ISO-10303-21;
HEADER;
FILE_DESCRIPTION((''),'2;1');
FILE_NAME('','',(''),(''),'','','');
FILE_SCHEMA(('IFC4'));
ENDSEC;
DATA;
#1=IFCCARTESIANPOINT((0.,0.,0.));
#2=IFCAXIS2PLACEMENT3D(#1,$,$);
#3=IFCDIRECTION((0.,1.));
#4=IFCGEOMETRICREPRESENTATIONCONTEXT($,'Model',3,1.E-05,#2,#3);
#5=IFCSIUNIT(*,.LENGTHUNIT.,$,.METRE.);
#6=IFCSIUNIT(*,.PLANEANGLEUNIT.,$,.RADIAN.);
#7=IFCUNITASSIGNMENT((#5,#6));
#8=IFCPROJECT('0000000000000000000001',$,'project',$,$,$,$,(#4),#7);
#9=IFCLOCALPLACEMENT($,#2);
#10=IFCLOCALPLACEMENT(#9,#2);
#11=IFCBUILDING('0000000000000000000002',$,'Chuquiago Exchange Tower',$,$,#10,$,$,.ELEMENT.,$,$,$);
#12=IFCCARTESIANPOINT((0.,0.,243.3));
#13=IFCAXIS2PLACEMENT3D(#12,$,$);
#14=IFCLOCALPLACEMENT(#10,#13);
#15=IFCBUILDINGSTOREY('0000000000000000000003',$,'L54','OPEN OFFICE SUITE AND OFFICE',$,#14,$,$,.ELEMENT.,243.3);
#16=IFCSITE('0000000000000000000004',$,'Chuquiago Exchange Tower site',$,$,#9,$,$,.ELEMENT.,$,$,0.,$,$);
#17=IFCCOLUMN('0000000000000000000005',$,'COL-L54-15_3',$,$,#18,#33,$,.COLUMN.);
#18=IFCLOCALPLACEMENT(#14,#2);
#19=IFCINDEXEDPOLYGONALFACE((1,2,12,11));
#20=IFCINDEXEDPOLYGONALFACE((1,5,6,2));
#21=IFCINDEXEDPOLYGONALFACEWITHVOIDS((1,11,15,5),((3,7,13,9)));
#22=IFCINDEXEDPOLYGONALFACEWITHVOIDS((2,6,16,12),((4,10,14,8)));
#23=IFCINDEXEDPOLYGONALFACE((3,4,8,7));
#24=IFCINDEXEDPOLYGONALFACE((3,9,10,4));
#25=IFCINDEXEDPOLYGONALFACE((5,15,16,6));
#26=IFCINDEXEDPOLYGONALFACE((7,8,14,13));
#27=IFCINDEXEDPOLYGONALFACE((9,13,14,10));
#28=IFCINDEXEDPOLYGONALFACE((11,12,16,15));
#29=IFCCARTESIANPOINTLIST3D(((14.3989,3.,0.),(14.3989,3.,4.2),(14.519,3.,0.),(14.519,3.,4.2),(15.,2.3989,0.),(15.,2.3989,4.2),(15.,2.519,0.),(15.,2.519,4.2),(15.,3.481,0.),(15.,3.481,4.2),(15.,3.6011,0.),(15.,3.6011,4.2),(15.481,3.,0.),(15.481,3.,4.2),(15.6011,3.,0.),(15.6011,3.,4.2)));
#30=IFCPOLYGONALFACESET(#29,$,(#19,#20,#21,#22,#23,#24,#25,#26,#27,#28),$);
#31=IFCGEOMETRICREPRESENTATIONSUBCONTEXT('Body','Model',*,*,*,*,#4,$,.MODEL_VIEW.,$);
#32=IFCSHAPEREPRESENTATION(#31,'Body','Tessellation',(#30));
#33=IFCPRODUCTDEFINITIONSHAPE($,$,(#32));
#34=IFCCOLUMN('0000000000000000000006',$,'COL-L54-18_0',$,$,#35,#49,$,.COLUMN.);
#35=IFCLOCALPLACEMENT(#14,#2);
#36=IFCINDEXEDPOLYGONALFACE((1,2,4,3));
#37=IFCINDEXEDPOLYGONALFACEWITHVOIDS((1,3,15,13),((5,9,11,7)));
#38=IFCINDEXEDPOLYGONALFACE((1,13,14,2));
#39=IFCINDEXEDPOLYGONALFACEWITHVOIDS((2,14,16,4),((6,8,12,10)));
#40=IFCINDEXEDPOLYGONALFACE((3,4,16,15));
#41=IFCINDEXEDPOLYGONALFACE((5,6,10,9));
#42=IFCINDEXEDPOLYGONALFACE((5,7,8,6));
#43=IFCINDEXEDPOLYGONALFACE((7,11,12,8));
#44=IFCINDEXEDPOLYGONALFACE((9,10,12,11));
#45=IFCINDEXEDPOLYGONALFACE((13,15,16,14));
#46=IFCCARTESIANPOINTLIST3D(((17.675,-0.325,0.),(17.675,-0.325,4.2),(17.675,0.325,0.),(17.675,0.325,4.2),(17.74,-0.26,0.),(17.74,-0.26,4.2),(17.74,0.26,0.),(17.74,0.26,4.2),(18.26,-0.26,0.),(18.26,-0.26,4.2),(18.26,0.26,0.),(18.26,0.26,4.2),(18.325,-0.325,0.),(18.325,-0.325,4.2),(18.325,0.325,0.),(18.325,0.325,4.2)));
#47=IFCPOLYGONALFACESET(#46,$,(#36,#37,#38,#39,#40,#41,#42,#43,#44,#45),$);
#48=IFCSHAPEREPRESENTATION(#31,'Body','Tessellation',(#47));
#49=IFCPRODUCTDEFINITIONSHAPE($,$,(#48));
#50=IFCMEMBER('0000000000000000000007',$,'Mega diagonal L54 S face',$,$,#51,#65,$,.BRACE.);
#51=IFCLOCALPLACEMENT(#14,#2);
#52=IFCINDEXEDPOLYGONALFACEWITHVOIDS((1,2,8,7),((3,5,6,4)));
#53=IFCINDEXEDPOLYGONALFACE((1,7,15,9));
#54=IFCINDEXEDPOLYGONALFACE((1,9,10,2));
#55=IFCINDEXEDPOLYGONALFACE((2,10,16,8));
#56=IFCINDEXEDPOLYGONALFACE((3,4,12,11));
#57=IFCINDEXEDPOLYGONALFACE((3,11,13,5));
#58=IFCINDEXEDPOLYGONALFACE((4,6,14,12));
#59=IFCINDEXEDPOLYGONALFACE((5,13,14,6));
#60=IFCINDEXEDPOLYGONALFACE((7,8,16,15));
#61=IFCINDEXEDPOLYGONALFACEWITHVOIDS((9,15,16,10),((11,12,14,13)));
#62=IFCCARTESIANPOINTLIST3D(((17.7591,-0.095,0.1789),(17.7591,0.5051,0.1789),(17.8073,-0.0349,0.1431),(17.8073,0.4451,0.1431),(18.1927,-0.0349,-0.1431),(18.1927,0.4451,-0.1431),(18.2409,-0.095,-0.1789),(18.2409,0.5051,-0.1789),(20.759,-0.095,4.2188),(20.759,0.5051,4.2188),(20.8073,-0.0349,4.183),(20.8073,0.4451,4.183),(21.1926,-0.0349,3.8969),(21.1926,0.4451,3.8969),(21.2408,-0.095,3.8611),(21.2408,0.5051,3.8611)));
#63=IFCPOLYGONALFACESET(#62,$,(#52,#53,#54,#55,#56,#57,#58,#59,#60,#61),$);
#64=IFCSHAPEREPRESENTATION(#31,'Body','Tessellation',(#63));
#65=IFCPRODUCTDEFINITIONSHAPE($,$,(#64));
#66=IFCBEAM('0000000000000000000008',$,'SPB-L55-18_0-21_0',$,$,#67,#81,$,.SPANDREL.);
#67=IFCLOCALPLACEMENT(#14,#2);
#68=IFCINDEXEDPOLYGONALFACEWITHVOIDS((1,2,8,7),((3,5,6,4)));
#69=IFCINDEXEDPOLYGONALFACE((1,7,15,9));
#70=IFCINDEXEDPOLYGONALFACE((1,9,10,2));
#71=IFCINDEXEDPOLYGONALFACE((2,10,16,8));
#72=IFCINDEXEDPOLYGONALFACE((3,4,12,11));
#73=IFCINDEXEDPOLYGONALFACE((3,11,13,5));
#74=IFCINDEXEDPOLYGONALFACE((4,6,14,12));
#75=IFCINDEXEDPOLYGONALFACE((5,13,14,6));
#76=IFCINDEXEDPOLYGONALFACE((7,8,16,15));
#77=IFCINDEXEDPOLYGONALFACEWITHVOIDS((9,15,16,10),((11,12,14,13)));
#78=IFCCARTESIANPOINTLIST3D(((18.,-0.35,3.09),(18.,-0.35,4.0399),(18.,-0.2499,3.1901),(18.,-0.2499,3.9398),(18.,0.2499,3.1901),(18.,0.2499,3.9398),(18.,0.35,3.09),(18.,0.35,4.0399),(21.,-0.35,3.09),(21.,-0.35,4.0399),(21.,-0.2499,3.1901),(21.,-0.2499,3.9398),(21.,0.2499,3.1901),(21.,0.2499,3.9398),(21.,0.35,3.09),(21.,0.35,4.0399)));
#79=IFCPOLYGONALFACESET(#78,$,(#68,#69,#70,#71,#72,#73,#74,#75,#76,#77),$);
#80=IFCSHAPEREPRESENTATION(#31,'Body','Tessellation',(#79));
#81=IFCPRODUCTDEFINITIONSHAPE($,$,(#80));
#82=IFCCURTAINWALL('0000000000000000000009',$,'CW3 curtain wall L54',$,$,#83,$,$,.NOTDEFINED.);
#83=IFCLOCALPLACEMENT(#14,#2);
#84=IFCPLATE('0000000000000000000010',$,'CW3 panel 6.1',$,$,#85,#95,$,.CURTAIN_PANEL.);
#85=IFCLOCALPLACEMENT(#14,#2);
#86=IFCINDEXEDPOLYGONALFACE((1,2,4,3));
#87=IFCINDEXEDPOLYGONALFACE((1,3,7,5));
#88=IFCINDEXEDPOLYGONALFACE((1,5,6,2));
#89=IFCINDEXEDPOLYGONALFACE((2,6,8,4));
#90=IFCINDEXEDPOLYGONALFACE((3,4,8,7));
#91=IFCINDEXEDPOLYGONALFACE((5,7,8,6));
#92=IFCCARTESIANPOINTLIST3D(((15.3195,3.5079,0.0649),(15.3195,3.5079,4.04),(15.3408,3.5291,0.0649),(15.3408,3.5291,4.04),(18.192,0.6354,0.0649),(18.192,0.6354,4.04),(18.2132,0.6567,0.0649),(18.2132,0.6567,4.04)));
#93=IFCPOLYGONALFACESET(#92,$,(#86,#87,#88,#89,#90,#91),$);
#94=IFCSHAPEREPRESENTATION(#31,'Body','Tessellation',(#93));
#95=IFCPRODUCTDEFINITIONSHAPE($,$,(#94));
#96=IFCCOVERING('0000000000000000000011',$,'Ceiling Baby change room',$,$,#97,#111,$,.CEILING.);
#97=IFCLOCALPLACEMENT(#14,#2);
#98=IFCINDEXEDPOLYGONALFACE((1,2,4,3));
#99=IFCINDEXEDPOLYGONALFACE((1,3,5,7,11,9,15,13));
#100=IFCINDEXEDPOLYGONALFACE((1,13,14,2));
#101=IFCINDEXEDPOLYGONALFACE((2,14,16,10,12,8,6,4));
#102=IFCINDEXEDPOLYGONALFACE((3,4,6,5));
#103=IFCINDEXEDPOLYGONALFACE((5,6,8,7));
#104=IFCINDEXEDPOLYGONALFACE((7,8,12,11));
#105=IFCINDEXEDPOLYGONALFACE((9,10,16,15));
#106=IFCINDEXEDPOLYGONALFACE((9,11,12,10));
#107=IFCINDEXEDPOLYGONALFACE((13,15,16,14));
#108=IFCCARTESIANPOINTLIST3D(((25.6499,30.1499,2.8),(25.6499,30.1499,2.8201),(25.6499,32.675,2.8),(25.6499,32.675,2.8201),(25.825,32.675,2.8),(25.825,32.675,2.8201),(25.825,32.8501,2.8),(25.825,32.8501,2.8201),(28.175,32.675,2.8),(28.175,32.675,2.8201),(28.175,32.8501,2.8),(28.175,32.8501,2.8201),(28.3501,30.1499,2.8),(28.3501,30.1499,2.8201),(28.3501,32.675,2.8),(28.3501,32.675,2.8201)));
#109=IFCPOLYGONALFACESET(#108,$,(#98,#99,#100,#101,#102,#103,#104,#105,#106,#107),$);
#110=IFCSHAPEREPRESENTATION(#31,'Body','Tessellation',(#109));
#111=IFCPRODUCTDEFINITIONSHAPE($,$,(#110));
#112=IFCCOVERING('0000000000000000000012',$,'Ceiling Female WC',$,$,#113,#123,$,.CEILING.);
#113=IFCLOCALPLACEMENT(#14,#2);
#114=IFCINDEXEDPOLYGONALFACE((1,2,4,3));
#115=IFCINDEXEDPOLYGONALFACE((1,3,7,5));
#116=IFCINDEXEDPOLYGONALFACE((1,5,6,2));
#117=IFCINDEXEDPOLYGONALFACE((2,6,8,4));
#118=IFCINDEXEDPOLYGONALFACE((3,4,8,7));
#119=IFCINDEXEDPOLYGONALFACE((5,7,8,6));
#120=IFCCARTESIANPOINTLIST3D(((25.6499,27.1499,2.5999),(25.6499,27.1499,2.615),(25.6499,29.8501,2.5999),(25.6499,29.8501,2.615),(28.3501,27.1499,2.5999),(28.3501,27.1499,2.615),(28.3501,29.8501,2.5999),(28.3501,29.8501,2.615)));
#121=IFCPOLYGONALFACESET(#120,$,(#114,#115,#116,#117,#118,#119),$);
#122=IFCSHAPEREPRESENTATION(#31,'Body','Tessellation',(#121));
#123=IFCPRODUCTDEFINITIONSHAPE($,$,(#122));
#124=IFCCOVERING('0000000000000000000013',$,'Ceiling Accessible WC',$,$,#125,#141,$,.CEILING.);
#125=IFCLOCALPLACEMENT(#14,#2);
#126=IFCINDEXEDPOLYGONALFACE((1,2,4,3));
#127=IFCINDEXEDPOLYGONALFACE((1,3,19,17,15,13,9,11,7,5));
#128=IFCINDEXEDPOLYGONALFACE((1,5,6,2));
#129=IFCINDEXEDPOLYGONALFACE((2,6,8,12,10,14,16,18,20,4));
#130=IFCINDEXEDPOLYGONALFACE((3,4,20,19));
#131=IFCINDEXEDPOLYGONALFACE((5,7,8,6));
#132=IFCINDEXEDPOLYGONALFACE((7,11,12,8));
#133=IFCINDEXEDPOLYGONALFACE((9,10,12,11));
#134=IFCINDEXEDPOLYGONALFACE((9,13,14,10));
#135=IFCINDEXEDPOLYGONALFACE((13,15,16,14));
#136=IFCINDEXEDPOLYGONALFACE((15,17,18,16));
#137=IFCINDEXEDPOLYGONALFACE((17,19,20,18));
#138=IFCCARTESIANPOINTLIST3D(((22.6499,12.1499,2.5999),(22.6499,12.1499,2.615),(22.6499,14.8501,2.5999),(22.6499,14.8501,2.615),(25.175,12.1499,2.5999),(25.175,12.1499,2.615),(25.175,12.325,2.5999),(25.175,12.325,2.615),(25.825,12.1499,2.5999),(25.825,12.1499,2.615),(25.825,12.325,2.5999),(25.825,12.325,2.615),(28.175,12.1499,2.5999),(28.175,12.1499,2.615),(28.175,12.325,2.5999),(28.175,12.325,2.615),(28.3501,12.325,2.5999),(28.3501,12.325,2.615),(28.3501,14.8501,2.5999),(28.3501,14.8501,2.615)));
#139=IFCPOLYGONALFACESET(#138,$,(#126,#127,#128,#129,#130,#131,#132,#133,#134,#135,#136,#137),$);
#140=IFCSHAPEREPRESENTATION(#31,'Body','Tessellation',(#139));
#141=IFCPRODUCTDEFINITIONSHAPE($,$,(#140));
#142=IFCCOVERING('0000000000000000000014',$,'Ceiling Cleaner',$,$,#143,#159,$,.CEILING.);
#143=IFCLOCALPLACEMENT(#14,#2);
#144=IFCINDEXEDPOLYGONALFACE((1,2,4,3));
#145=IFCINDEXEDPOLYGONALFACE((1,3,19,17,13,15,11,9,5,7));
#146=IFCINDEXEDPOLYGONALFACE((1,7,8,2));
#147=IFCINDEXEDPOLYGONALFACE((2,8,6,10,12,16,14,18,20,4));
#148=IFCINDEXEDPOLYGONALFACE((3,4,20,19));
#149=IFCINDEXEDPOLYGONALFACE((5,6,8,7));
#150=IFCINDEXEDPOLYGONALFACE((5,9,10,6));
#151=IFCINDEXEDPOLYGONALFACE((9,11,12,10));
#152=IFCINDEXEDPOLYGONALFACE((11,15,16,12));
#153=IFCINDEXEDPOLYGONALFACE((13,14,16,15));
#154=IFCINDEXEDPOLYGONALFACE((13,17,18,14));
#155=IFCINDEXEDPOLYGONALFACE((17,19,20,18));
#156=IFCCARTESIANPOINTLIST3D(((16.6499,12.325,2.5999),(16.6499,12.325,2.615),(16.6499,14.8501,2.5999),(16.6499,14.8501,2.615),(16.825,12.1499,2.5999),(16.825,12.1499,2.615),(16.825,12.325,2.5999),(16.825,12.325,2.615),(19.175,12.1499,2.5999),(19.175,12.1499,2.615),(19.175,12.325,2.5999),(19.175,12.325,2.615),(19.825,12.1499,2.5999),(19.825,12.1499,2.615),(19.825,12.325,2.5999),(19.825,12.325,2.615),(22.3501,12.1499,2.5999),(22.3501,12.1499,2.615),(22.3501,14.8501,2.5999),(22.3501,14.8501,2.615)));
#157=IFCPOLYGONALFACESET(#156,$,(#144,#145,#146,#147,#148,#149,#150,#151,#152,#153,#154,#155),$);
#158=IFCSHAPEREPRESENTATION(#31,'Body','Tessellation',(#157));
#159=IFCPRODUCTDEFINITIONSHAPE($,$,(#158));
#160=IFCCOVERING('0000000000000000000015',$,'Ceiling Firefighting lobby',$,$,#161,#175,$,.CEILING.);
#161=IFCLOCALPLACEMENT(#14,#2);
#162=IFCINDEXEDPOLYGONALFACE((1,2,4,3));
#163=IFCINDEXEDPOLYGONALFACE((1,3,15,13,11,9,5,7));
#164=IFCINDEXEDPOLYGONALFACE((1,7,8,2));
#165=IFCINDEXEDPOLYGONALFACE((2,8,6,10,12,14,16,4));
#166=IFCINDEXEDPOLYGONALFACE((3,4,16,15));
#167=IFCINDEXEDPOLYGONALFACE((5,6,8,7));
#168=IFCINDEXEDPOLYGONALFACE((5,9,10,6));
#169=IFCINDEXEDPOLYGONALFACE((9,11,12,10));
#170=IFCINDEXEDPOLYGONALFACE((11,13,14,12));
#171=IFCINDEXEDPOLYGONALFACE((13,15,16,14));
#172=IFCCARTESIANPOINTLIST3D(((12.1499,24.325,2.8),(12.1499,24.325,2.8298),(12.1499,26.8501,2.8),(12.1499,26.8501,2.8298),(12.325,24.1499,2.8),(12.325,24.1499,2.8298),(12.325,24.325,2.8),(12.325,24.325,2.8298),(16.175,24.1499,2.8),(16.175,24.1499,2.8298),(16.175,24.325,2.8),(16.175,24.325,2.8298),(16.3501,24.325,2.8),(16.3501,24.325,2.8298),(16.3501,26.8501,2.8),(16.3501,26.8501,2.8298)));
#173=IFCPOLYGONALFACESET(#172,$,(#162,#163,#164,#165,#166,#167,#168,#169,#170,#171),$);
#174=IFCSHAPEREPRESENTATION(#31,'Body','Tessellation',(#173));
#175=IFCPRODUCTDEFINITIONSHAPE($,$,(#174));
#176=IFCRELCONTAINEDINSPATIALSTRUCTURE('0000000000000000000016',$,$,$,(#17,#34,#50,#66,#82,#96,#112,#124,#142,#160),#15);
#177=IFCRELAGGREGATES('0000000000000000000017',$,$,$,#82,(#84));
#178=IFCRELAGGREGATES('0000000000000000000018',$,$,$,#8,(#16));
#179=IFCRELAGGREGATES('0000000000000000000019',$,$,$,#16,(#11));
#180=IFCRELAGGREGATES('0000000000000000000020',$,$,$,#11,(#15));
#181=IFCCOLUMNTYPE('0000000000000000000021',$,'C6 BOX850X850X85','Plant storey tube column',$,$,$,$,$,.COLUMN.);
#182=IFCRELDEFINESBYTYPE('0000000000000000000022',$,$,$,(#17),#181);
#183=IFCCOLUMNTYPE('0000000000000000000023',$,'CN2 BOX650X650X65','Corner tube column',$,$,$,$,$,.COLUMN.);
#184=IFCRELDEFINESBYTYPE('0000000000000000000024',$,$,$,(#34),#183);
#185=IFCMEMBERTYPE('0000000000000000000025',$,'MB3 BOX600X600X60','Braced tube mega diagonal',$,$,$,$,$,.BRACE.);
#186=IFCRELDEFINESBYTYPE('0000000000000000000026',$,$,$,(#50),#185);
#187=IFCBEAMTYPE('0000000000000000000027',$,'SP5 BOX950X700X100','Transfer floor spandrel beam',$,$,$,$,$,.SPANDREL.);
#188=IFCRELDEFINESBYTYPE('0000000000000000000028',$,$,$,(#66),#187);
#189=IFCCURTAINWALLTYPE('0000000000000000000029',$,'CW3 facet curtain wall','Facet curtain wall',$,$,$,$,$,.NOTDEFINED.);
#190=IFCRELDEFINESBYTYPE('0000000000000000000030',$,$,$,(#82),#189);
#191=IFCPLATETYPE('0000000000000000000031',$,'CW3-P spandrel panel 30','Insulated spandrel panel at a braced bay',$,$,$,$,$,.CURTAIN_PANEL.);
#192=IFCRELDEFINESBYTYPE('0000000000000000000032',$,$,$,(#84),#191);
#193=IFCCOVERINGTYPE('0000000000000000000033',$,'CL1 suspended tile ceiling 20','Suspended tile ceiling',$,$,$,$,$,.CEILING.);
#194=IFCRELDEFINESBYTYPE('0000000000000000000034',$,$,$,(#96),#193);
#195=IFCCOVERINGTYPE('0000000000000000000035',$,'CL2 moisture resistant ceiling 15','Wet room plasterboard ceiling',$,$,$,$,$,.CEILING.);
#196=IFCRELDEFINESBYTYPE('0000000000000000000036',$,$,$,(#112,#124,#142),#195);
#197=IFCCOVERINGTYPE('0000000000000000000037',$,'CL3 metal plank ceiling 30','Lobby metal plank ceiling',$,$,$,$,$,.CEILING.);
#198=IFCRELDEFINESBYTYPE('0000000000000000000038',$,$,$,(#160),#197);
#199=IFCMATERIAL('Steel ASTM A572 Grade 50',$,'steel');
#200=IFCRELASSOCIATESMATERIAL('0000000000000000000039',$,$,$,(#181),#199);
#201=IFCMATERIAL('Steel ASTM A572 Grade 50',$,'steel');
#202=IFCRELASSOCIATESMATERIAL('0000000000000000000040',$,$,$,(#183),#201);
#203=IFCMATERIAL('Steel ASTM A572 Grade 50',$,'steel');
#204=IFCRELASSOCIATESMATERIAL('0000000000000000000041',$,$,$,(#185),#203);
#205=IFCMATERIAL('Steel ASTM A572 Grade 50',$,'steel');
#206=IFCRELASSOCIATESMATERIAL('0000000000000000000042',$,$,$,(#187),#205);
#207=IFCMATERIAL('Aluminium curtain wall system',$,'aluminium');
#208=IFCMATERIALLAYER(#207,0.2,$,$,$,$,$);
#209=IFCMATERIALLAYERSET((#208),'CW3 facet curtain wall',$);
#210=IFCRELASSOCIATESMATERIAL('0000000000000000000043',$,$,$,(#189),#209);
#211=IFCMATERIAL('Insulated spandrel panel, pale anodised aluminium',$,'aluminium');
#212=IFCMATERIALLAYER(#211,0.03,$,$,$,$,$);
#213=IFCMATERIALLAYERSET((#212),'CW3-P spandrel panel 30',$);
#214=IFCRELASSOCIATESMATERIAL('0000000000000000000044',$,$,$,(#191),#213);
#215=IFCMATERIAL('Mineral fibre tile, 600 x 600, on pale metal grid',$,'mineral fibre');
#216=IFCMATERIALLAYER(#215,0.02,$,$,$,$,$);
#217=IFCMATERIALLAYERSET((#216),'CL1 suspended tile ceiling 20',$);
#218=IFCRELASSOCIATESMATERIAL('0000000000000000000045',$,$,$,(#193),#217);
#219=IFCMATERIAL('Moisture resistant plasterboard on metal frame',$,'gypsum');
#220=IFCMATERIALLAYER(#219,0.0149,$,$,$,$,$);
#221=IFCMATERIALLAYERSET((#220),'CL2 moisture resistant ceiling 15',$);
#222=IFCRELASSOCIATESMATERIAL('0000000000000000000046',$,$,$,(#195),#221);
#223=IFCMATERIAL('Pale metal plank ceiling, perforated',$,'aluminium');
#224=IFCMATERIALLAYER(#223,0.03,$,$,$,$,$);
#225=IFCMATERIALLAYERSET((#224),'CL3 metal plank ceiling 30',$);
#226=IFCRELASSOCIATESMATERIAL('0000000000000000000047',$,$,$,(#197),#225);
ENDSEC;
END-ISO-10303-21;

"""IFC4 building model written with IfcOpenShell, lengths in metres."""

from ifc_helpers import new_model, si_unit, direction, frame, origin, origin_2d, place, context, subcontext, project, spatial, polyline, rectangle, hollow_rectangle, outline, extrude, material, layer, layer_set, material_profile, profile_set, type_object, element, aggregate, save


model = new_model("IFC4")

# Units and contexts
model_context = context("Model", 3, precision=1e-05, world=origin(), true_north=direction((0.0, 1.0)))
body_context = subcontext(model_context, "Body", "Model", "MODEL_VIEW")
ifc_project = project(units=[si_unit("LENGTHUNIT", "METRE"), si_unit("PLANEANGLEUNIT", "RADIAN")], contexts=[model_context])

# Site, building, storey
site_placement = place(None, origin())
site = spatial("IfcSite", under=ifc_project, at=site_placement, Name="Chuquiago Exchange Tower site", CompositionType="ELEMENT", RefElevation=0.0)
building_placement = place(site_placement, origin())
building = spatial("IfcBuilding", under=site, at=building_placement, Name="Chuquiago Exchange Tower", CompositionType="ELEMENT")
storey_placement = place(building_placement, frame((0.0, 0.0, 243.3)))
storey = spatial("IfcBuildingStorey", under=building, at=storey_placement, Name="L54", Description="OPEN OFFICE SUITE AND OFFICE", CompositionType="ELEMENT", Elevation=243.3)

# Columns
ifc_material_1 = material(Name="Steel ASTM A572 Grade 50", Category="steel")
ifc_material_profile_1 = material_profile(ifc_material_1, hollow_rectangle(XDim=0.8501, YDim=0.8501, WallThickness=0.085, at=origin_2d()), Name="BOX850X850X85")
ifc_profile_set_1 = profile_set([ifc_material_profile_1], Name="Steel ASTM A572 Grade 50")
column_type_1 = type_object("IfcColumnType", Name="C6 BOX850X850X85", Description="Plant storey tube column", PredefinedType="COLUMN", material=ifc_profile_set_1)
column_1_placement = place(storey_placement, frame((15.0, 3.0, 0.0), z_axis=(0.0, 0.0, 1.0), x_axis=(-0.707107, -0.707107, 0.0)))
element("IfcColumn", 1, at=column_1_placement, inside=storey, type_object=column_type_1, Name="COL-L54-15_3", PredefinedType="COLUMN", context=body_context, shape_type="SweptSolid", body=[
    extrude(hollow_rectangle(XDim=0.8501, YDim=0.8501, WallThickness=0.085, at=origin_2d()), origin(), (0.0, 0.0, 1.0), 4.2),
])
ifc_material_2 = material(Name="Steel ASTM A572 Grade 50", Category="steel")
ifc_material_profile_2 = material_profile(ifc_material_2, hollow_rectangle(XDim=0.6499, YDim=0.6499, WallThickness=0.0649, at=origin_2d()), Name="BOX650X650X65")
ifc_profile_set_2 = profile_set([ifc_material_profile_2], Name="Steel ASTM A572 Grade 50")
column_type_2 = type_object("IfcColumnType", Name="CN2 BOX650X650X65", Description="Corner tube column", PredefinedType="COLUMN", material=ifc_profile_set_2)
column_2_placement = place(storey_placement, frame((18.0, 0.0, 0.0), z_axis=(0.0, 0.0, 1.0), x_axis=(0.0, -1.0, 0.0)))
element("IfcColumn", 2, at=column_2_placement, inside=storey, type_object=column_type_2, Name="COL-L54-18_0", PredefinedType="COLUMN", context=body_context, shape_type="SweptSolid", body=[
    extrude(hollow_rectangle(XDim=0.6499, YDim=0.6499, WallThickness=0.0649, at=origin_2d()), origin(), (0.0, 0.0, 1.0), 4.2),
])

# Member
ifc_material_3 = material(Name="Steel ASTM A572 Grade 50", Category="steel")
ifc_material_profile_3 = material_profile(ifc_material_3, hollow_rectangle(XDim=0.6001, YDim=0.6001, WallThickness=0.0601, at=origin_2d()), Name="BOX600X600X60")
ifc_profile_set_3 = profile_set([ifc_material_profile_3], Name="Steel ASTM A572 Grade 50")
member_type = type_object("IfcMemberType", Name="MB3 BOX600X600X60", Description="Braced tube mega diagonal", PredefinedType="BRACE", material=ifc_profile_set_3)
member_placement = place(storey_placement, frame((18.0, 0.2051, 0.0), z_axis=(0.596174, 0.0, 0.802855), x_axis=(0.0, 1.0, 0.0)))
element("IfcMember", 3, at=member_placement, inside=storey, type_object=member_type, Name="Mega diagonal L54 S face", PredefinedType="BRACE", context=body_context, shape_type="SweptSolid", body=[
    extrude(hollow_rectangle(XDim=0.6001, YDim=0.6001, WallThickness=0.0601, at=origin_2d()), origin(), (0.0, 0.0, 1.0), 5.032),
])

# Beam
ifc_material_4 = material(Name="Steel ASTM A572 Grade 50", Category="steel")
ifc_material_profile_4 = material_profile(ifc_material_4, hollow_rectangle(XDim=0.7, YDim=0.95, WallThickness=0.1001, at=origin_2d()), Name="BOX950X700X100")
ifc_profile_set_4 = profile_set([ifc_material_profile_4], Name="Steel ASTM A572 Grade 50")
beam_type = type_object("IfcBeamType", Name="SP5 BOX950X700X100", Description="Transfer floor spandrel beam", PredefinedType="SPANDREL", material=ifc_profile_set_4)
beam_placement = place(storey_placement, frame((18.0, 0.0, 3.5649), z_axis=(1.0, 0.0, 0.0), x_axis=(0.0, 1.0, 0.0)))
element("IfcBeam", 4, at=beam_placement, inside=storey, type_object=beam_type, Name="SPB-L55-18_0-21_0", PredefinedType="SPANDREL", context=body_context, shape_type="SweptSolid", body=[
    extrude(hollow_rectangle(XDim=0.7, YDim=0.95, WallThickness=0.1001, at=origin_2d()), origin(), (0.0, 0.0, 1.0), 3.0),
])

# Curtain wall, plate
ifc_material_5 = material(Name="Aluminium curtain wall system", Category="aluminium")
ifc_layer_1 = layer(ifc_material_5, 0.2)
ifc_layer_set_1 = layer_set([ifc_layer_1], Name="CW3 facet curtain wall")
curtain_wall_type = type_object("IfcCurtainWallType", Name="CW3 facet curtain wall", Description="Facet curtain wall", PredefinedType="NOTDEFINED", material=ifc_layer_set_1)
curtain_wall_placement = place(storey_placement, origin())
curtain_wall = element("IfcCurtainWall", 5, at=curtain_wall_placement, inside=storey, type_object=curtain_wall_type, Name="CW3 curtain wall L54", PredefinedType="NOTDEFINED")
ifc_material_6 = material(Name="Insulated spandrel panel, pale anodised aluminium", Category="aluminium")
ifc_layer_2 = layer(ifc_material_6, 0.03)
ifc_layer_set_2 = layer_set([ifc_layer_2], Name="CW3-P spandrel panel 30")
plate_type = type_object("IfcPlateType", Name="CW3-P spandrel panel 30", Description="Insulated spandrel panel at a braced bay", PredefinedType="CURTAIN_PANEL", material=ifc_layer_set_2)
plate_placement = place(storey_placement, frame((16.7664, 2.0823, 0.0649), z_axis=(0.0, 0.0, 1.0), x_axis=(0.707107, -0.707107, 0.0)))
plate = element("IfcPlate", 6, at=plate_placement, type_object=plate_type, Name="CW3 panel 6.1", PredefinedType="CURTAIN_PANEL", context=body_context, shape_type="SweptSolid", body=[
    extrude(rectangle(XDim=4.0623, YDim=0.03, at=origin_2d()), origin(), (0.0, 0.0, 1.0), 3.9751),
])
aggregate(curtain_wall, [plate])

# Coverings
ifc_material_7 = material(Name="Mineral fibre tile, 600 x 600, on pale metal grid", Category="mineral fibre")
ifc_layer_3 = layer(ifc_material_7, 0.02)
ifc_layer_set_3 = layer_set([ifc_layer_3], Name="CL1 suspended tile ceiling 20")
covering_type_1 = type_object("IfcCoveringType", Name="CL1 suspended tile ceiling 20", Description="Suspended tile ceiling", PredefinedType="CEILING", material=ifc_layer_set_3)
covering_1_placement = place(storey_placement, frame((0.0, 0.0, 2.8)))
element("IfcCovering", 7, at=covering_1_placement, inside=storey, type_object=covering_type_1, Name="Ceiling Baby change room", PredefinedType="CEILING", context=body_context, shape_type="SweptSolid", body=[
    extrude(outline(polyline([(25.6499, 30.1499), (25.6499, 32.675), (25.825, 32.675), (25.825, 32.8501), (28.175, 32.8501), (28.175, 32.675), (28.3501, 32.675), (28.3501, 30.1499), (25.6499, 30.1499)])), origin(), (0.0, 0.0, 1.0), 0.02),
])
ifc_material_8 = material(Name="Moisture resistant plasterboard on metal frame", Category="gypsum")
ifc_layer_4 = layer(ifc_material_8, 0.0149)
ifc_layer_set_4 = layer_set([ifc_layer_4], Name="CL2 moisture resistant ceiling 15")
covering_type_2 = type_object("IfcCoveringType", Name="CL2 moisture resistant ceiling 15", Description="Wet room plasterboard ceiling", PredefinedType="CEILING", material=ifc_layer_set_4)
covering_2_placement = place(storey_placement, frame((0.0, 0.0, 2.5999)))
element("IfcCovering", 8, at=covering_2_placement, inside=storey, type_object=covering_type_2, Name="Ceiling Female WC", PredefinedType="CEILING", context=body_context, shape_type="SweptSolid", body=[
    extrude(outline(polyline([(25.6499, 27.1499), (25.6499, 29.8501), (28.3501, 29.8501), (28.3501, 27.1499), (25.6499, 27.1499)])), origin(), (0.0, 0.0, 1.0), 0.0151),
])
covering_3_placement = place(storey_placement, frame((0.0, 0.0, 2.5999)))
element("IfcCovering", 9, at=covering_3_placement, inside=storey, type_object=covering_type_2, Name="Ceiling Accessible WC", PredefinedType="CEILING", context=body_context, shape_type="SweptSolid", body=[
    extrude(outline(polyline([(25.825, 12.1499), (25.825, 12.325), (25.175, 12.325), (25.175, 12.1499), (22.6499, 12.1499), (22.6499, 14.8501), (28.3501, 14.8501), (28.3501, 12.325), (28.175, 12.325), (28.175, 12.1499), (25.825, 12.1499)])), origin(), (0.0, 0.0, 1.0), 0.0151),
])
covering_4_placement = place(storey_placement, frame((0.0, 0.0, 2.5999)))
element("IfcCovering", 10, at=covering_4_placement, inside=storey, type_object=covering_type_2, Name="Ceiling Cleaner", PredefinedType="CEILING", context=body_context, shape_type="SweptSolid", body=[
    extrude(outline(polyline([(19.825, 12.1499), (19.825, 12.325), (19.175, 12.325), (19.175, 12.1499), (16.825, 12.1499), (16.825, 12.325), (16.6499, 12.325), (16.6499, 14.8501), (22.3501, 14.8501), (22.3501, 12.1499), (19.825, 12.1499)])), origin(), (0.0, 0.0, 1.0), 0.0151),
])
ifc_material_9 = material(Name="Pale metal plank ceiling, perforated", Category="aluminium")
ifc_layer_5 = layer(ifc_material_9, 0.03)
ifc_layer_set_5 = layer_set([ifc_layer_5], Name="CL3 metal plank ceiling 30")
covering_type_3 = type_object("IfcCoveringType", Name="CL3 metal plank ceiling 30", Description="Lobby metal plank ceiling", PredefinedType="CEILING", material=ifc_layer_set_5)
covering_5_placement = place(storey_placement, frame((0.0, 0.0, 2.8)))
element("IfcCovering", 11, at=covering_5_placement, inside=storey, type_object=covering_type_3, Name="Ceiling Firefighting lobby", PredefinedType="CEILING", context=body_context, shape_type="SweptSolid", body=[
    extrude(outline(polyline([(12.325, 24.1499), (12.325, 24.325), (12.1499, 24.325), (12.1499, 26.8501), (16.3501, 26.8501), (16.3501, 24.325), (16.175, 24.325), (16.175, 24.1499), (12.325, 24.1499)])), origin(), (0.0, 0.0, 1.0), 0.0298),
])

save(model, "model.ifc")
